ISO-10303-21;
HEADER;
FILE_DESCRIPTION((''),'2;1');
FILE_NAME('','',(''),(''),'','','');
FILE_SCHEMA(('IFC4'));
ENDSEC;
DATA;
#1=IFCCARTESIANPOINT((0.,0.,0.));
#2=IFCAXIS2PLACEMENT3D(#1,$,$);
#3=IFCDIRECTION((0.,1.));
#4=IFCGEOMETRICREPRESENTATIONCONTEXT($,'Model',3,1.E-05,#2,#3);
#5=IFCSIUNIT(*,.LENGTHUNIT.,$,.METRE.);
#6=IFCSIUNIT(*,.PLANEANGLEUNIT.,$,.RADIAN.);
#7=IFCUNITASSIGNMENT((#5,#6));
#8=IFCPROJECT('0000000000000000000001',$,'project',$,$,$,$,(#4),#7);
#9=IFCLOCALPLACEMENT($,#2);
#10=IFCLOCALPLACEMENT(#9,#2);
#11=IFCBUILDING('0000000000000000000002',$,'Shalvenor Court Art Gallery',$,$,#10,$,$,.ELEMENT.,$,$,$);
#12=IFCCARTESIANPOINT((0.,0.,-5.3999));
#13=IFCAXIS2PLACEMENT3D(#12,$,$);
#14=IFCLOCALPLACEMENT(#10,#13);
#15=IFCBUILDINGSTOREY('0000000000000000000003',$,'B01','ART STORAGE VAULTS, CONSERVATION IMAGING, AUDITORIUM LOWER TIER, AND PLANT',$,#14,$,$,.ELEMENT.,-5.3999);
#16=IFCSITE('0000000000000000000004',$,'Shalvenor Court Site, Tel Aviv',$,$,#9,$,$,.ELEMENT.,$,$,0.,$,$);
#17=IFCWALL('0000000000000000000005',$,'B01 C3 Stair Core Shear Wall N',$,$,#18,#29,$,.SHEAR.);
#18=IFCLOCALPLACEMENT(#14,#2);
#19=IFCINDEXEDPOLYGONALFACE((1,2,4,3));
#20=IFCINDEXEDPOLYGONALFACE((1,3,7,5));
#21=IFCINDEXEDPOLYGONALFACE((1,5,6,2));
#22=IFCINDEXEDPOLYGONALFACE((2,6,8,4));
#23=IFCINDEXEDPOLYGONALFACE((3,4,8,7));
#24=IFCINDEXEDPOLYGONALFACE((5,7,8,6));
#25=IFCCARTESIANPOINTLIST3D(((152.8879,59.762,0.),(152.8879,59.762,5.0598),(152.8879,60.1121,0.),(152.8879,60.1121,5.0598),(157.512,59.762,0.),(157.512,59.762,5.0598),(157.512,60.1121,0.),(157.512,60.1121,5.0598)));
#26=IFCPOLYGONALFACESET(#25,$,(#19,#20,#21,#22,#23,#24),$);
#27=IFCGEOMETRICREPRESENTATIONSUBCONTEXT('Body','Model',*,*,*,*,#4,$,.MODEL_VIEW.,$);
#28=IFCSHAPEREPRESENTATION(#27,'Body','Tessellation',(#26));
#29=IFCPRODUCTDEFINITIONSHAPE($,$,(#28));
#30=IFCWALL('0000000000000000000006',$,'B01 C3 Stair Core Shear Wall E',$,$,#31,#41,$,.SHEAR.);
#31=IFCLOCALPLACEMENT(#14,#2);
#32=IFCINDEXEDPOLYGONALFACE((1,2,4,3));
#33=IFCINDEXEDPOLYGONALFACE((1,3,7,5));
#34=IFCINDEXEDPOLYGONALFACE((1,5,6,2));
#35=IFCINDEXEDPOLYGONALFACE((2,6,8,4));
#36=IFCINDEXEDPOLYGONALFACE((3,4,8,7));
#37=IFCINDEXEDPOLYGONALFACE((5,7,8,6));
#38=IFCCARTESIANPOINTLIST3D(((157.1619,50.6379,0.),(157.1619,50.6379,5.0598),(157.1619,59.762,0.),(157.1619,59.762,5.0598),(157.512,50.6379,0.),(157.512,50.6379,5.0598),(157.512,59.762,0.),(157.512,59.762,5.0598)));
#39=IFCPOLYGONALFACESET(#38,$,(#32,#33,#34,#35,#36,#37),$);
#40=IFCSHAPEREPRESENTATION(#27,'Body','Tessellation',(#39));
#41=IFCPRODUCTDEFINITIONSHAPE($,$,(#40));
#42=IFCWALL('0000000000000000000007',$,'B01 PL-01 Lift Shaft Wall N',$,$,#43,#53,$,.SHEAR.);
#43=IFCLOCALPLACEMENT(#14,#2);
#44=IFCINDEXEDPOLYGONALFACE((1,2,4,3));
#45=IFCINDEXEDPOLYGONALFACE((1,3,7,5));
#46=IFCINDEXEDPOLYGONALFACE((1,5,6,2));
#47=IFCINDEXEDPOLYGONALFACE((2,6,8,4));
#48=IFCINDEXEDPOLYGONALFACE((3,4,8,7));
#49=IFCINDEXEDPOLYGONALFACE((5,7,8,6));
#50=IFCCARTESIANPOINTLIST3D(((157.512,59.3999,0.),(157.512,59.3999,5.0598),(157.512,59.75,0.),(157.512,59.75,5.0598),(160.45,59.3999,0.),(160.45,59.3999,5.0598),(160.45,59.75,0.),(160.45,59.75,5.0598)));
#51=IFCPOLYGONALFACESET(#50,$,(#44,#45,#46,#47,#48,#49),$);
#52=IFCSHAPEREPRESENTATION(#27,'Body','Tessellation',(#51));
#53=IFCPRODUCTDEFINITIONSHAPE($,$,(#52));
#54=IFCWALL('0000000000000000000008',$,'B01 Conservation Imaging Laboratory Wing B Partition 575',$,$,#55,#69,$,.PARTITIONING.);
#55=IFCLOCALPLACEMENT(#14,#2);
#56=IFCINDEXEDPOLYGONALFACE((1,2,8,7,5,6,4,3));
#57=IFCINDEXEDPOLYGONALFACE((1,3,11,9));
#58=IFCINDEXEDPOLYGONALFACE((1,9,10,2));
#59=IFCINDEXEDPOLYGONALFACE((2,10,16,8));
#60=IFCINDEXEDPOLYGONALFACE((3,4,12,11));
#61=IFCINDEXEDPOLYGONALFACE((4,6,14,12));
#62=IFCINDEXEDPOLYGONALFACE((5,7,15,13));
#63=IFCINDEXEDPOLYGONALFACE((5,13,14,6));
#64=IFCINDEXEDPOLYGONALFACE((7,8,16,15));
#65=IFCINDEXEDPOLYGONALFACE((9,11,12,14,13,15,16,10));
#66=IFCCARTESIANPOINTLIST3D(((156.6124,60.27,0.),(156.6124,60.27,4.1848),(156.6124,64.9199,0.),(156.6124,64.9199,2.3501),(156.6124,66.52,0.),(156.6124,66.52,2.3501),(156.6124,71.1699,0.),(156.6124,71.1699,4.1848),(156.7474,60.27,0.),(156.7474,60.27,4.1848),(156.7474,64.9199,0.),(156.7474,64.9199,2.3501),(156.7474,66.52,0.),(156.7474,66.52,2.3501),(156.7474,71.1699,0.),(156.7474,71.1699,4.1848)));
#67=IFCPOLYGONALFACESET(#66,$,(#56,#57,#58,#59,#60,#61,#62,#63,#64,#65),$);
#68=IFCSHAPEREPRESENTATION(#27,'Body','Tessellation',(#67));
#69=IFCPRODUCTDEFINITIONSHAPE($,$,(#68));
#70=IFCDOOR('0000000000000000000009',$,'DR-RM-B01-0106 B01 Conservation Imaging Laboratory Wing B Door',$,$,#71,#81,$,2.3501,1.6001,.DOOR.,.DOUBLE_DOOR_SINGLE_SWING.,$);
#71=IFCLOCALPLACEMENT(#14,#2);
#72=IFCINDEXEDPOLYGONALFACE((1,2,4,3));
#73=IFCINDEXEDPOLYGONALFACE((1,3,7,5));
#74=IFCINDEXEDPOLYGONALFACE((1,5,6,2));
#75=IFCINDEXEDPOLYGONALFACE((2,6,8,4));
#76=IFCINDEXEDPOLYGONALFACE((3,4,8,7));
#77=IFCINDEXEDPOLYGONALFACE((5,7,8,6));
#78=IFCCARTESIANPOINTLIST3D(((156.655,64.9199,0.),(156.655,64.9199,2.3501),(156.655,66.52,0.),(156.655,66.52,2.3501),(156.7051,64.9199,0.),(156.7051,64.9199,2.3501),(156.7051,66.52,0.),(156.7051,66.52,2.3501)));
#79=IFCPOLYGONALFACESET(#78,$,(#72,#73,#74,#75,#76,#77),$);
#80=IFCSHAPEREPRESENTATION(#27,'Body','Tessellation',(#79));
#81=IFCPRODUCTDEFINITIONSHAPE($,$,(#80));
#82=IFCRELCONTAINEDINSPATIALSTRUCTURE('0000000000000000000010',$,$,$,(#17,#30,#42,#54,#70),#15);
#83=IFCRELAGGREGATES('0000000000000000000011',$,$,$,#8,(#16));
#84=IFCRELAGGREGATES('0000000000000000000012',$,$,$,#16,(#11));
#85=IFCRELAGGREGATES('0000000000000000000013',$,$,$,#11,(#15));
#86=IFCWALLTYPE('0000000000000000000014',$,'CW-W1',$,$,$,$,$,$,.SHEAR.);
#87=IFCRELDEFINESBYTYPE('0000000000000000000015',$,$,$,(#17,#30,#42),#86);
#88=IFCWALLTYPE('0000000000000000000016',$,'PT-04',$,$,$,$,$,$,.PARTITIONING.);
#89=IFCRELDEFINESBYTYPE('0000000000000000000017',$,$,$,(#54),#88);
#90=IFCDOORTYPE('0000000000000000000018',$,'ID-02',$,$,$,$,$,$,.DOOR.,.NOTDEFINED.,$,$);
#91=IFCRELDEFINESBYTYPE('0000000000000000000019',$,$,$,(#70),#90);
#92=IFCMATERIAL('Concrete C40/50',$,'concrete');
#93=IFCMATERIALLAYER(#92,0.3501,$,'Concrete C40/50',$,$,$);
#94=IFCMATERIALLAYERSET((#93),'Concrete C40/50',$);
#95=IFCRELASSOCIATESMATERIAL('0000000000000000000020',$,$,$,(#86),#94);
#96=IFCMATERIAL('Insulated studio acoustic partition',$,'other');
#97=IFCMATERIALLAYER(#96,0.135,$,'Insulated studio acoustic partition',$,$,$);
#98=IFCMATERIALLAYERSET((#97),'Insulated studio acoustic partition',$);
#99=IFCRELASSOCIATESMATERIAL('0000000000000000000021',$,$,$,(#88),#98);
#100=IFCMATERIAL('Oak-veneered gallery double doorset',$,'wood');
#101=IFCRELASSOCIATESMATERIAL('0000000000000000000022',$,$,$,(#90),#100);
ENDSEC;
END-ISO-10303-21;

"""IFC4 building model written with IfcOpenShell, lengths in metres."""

from ifc_helpers import new_model, si_unit, direction, frame, frame_2d, origin, place, context, subcontext, project, spatial, rectangle, extrude, material, layer, layer_set, type_object, element, fill, save


model = new_model("IFC4")

# Units and contexts
model_context = context("Model", 3, precision=1e-05, world=origin(), true_north=direction((0.0, 1.0)))
body_context = subcontext(model_context, "Body", "Model", "MODEL_VIEW")
ifc_project = project(units=[si_unit("LENGTHUNIT", "METRE"), si_unit("PLANEANGLEUNIT", "RADIAN")], contexts=[model_context])

# Site, building, storey
site_placement = place(None, origin())
site = spatial("IfcSite", under=ifc_project, at=site_placement, Name="Shalvenor Court Site, Tel Aviv", CompositionType="ELEMENT", RefElevation=0.0)
building_placement = place(site_placement, origin())
building = spatial("IfcBuilding", under=site, at=building_placement, Name="Shalvenor Court Art Gallery", CompositionType="ELEMENT")
storey_placement = place(building_placement, frame((0.0, 0.0, -5.3999)))
storey = spatial("IfcBuildingStorey", under=building, at=storey_placement, Name="B01", Description="ART STORAGE VAULTS, CONSERVATION IMAGING, AUDITORIUM LOWER TIER, AND PLANT", CompositionType="ELEMENT", Elevation=-5.3999)

# Walls
ifc_material_1 = material(Name="Concrete C40/50", Category="concrete")
ifc_layer_1 = layer(ifc_material_1, 0.3501, Name="Concrete C40/50")
ifc_layer_set_1 = layer_set([ifc_layer_1], Name="Concrete C40/50")
wall_type_1 = type_object("IfcWallType", Name="CW-W1", PredefinedType="SHEAR", material=ifc_layer_set_1)
wall_1_placement = place(storey_placement, frame((152.8879, 59.937, 0.0), z_axis=(0.0, 0.0, 1.0), x_axis=(1.0, 0.0, 0.0)))
element("IfcWall", 1, at=wall_1_placement, inside=storey, type_object=wall_type_1, Name="B01 C3 Stair Core Shear Wall N", PredefinedType="SHEAR", context=body_context, shape_type="SweptSolid", body=[
    extrude(rectangle(XDim=4.624, YDim=0.3501, at=frame_2d((2.312, 0.0))), origin(), (0.0, 0.0, 1.0), 5.0598),
])
wall_2_placement = place(storey_placement, frame((157.3369, 59.762, 0.0), z_axis=(0.0, 0.0, 1.0), x_axis=(0.0, -1.0, 0.0)))
element("IfcWall", 2, at=wall_2_placement, inside=storey, type_object=wall_type_1, Name="B01 C3 Stair Core Shear Wall E", PredefinedType="SHEAR", context=body_context, shape_type="SweptSolid", body=[
    extrude(rectangle(XDim=9.124, YDim=0.3501, at=frame_2d((4.562, 0.0))), origin(), (0.0, 0.0, 1.0), 5.0598),
])
wall_3_placement = place(storey_placement, frame((157.512, 59.575, 0.0), z_axis=(0.0, 0.0, 1.0), x_axis=(1.0, 0.0, 0.0)))
element("IfcWall", 3, at=wall_3_placement, inside=storey, type_object=wall_type_1, Name="B01 PL-01 Lift Shaft Wall N", PredefinedType="SHEAR", context=body_context, shape_type="SweptSolid", body=[
    extrude(rectangle(XDim=2.938, YDim=0.3501, at=frame_2d((1.469, 0.0))), origin(), (0.0, 0.0, 1.0), 5.0598),
])

# Wall, opening, door
ifc_material_2 = material(Name="Insulated studio acoustic partition", Category="other")
ifc_layer_2 = layer(ifc_material_2, 0.135, Name="Insulated studio acoustic partition")
ifc_layer_set_2 = layer_set([ifc_layer_2], Name="Insulated studio acoustic partition")
wall_type_2 = type_object("IfcWallType", Name="PT-04", PredefinedType="PARTITIONING", material=ifc_layer_set_2)
wall_4_placement = place(storey_placement, frame((156.6799, 60.27, 0.0), z_axis=(0.0, 0.0, 1.0), x_axis=(0.0, 1.0, 0.0)))
wall_4 = element("IfcWall", 4, at=wall_4_placement, inside=storey, type_object=wall_type_2, Name="B01 Conservation Imaging Laboratory Wing B Partition 575", PredefinedType="PARTITIONING", context=body_context, shape_type="SweptSolid", body=[
    extrude(rectangle(XDim=10.8999, YDim=0.135, at=frame_2d((5.45, 0.0))), origin(), (0.0, 0.0, 1.0), 4.1848),
])
opening_placement = place(wall_4_placement, frame((4.6499, 0.0, 0.0)))
opening = element("IfcOpeningElement", 5, at=opening_placement, cuts=wall_4, PredefinedType="OPENING", context=body_context, shape_type="SweptSolid", body=[
    extrude(rectangle(XDim=1.6001, YDim=2.3501, at=frame_2d((0.8, 1.175))), frame((0.0, 0.0774, 0.0), z_axis=(0.0, -1.0, 0.0), x_axis=(1.0, 0.0, 0.0)), (0.0, 0.0, 1.0), 0.155),
])
ifc_material_3 = material(Name="Oak-veneered gallery double doorset", Category="wood")
door_type = type_object("IfcDoorType", Name="ID-02", OperationType="NOTDEFINED", PredefinedType="DOOR", material=ifc_material_3)
door_placement = place(opening_placement, origin())
door = element("IfcDoor", 6, at=door_placement, inside=storey, type_object=door_type, Name="DR-RM-B01-0106 B01 Conservation Imaging Laboratory Wing B Door", OperationType="DOUBLE_DOOR_SINGLE_SWING", OverallHeight=2.3501, OverallWidth=1.6001, PredefinedType="DOOR", context=body_context, shape_type="SweptSolid", body=[
    extrude(rectangle(XDim=1.6001, YDim=2.3501, at=frame_2d((0.8, 1.175))), frame((0.0, 0.0249, 0.0), z_axis=(0.0, -1.0, 0.0), x_axis=(1.0, 0.0, 0.0)), (0.0, 0.0, 1.0), 0.05),
])
fill(opening, door)

save(model, "model.ifc")
